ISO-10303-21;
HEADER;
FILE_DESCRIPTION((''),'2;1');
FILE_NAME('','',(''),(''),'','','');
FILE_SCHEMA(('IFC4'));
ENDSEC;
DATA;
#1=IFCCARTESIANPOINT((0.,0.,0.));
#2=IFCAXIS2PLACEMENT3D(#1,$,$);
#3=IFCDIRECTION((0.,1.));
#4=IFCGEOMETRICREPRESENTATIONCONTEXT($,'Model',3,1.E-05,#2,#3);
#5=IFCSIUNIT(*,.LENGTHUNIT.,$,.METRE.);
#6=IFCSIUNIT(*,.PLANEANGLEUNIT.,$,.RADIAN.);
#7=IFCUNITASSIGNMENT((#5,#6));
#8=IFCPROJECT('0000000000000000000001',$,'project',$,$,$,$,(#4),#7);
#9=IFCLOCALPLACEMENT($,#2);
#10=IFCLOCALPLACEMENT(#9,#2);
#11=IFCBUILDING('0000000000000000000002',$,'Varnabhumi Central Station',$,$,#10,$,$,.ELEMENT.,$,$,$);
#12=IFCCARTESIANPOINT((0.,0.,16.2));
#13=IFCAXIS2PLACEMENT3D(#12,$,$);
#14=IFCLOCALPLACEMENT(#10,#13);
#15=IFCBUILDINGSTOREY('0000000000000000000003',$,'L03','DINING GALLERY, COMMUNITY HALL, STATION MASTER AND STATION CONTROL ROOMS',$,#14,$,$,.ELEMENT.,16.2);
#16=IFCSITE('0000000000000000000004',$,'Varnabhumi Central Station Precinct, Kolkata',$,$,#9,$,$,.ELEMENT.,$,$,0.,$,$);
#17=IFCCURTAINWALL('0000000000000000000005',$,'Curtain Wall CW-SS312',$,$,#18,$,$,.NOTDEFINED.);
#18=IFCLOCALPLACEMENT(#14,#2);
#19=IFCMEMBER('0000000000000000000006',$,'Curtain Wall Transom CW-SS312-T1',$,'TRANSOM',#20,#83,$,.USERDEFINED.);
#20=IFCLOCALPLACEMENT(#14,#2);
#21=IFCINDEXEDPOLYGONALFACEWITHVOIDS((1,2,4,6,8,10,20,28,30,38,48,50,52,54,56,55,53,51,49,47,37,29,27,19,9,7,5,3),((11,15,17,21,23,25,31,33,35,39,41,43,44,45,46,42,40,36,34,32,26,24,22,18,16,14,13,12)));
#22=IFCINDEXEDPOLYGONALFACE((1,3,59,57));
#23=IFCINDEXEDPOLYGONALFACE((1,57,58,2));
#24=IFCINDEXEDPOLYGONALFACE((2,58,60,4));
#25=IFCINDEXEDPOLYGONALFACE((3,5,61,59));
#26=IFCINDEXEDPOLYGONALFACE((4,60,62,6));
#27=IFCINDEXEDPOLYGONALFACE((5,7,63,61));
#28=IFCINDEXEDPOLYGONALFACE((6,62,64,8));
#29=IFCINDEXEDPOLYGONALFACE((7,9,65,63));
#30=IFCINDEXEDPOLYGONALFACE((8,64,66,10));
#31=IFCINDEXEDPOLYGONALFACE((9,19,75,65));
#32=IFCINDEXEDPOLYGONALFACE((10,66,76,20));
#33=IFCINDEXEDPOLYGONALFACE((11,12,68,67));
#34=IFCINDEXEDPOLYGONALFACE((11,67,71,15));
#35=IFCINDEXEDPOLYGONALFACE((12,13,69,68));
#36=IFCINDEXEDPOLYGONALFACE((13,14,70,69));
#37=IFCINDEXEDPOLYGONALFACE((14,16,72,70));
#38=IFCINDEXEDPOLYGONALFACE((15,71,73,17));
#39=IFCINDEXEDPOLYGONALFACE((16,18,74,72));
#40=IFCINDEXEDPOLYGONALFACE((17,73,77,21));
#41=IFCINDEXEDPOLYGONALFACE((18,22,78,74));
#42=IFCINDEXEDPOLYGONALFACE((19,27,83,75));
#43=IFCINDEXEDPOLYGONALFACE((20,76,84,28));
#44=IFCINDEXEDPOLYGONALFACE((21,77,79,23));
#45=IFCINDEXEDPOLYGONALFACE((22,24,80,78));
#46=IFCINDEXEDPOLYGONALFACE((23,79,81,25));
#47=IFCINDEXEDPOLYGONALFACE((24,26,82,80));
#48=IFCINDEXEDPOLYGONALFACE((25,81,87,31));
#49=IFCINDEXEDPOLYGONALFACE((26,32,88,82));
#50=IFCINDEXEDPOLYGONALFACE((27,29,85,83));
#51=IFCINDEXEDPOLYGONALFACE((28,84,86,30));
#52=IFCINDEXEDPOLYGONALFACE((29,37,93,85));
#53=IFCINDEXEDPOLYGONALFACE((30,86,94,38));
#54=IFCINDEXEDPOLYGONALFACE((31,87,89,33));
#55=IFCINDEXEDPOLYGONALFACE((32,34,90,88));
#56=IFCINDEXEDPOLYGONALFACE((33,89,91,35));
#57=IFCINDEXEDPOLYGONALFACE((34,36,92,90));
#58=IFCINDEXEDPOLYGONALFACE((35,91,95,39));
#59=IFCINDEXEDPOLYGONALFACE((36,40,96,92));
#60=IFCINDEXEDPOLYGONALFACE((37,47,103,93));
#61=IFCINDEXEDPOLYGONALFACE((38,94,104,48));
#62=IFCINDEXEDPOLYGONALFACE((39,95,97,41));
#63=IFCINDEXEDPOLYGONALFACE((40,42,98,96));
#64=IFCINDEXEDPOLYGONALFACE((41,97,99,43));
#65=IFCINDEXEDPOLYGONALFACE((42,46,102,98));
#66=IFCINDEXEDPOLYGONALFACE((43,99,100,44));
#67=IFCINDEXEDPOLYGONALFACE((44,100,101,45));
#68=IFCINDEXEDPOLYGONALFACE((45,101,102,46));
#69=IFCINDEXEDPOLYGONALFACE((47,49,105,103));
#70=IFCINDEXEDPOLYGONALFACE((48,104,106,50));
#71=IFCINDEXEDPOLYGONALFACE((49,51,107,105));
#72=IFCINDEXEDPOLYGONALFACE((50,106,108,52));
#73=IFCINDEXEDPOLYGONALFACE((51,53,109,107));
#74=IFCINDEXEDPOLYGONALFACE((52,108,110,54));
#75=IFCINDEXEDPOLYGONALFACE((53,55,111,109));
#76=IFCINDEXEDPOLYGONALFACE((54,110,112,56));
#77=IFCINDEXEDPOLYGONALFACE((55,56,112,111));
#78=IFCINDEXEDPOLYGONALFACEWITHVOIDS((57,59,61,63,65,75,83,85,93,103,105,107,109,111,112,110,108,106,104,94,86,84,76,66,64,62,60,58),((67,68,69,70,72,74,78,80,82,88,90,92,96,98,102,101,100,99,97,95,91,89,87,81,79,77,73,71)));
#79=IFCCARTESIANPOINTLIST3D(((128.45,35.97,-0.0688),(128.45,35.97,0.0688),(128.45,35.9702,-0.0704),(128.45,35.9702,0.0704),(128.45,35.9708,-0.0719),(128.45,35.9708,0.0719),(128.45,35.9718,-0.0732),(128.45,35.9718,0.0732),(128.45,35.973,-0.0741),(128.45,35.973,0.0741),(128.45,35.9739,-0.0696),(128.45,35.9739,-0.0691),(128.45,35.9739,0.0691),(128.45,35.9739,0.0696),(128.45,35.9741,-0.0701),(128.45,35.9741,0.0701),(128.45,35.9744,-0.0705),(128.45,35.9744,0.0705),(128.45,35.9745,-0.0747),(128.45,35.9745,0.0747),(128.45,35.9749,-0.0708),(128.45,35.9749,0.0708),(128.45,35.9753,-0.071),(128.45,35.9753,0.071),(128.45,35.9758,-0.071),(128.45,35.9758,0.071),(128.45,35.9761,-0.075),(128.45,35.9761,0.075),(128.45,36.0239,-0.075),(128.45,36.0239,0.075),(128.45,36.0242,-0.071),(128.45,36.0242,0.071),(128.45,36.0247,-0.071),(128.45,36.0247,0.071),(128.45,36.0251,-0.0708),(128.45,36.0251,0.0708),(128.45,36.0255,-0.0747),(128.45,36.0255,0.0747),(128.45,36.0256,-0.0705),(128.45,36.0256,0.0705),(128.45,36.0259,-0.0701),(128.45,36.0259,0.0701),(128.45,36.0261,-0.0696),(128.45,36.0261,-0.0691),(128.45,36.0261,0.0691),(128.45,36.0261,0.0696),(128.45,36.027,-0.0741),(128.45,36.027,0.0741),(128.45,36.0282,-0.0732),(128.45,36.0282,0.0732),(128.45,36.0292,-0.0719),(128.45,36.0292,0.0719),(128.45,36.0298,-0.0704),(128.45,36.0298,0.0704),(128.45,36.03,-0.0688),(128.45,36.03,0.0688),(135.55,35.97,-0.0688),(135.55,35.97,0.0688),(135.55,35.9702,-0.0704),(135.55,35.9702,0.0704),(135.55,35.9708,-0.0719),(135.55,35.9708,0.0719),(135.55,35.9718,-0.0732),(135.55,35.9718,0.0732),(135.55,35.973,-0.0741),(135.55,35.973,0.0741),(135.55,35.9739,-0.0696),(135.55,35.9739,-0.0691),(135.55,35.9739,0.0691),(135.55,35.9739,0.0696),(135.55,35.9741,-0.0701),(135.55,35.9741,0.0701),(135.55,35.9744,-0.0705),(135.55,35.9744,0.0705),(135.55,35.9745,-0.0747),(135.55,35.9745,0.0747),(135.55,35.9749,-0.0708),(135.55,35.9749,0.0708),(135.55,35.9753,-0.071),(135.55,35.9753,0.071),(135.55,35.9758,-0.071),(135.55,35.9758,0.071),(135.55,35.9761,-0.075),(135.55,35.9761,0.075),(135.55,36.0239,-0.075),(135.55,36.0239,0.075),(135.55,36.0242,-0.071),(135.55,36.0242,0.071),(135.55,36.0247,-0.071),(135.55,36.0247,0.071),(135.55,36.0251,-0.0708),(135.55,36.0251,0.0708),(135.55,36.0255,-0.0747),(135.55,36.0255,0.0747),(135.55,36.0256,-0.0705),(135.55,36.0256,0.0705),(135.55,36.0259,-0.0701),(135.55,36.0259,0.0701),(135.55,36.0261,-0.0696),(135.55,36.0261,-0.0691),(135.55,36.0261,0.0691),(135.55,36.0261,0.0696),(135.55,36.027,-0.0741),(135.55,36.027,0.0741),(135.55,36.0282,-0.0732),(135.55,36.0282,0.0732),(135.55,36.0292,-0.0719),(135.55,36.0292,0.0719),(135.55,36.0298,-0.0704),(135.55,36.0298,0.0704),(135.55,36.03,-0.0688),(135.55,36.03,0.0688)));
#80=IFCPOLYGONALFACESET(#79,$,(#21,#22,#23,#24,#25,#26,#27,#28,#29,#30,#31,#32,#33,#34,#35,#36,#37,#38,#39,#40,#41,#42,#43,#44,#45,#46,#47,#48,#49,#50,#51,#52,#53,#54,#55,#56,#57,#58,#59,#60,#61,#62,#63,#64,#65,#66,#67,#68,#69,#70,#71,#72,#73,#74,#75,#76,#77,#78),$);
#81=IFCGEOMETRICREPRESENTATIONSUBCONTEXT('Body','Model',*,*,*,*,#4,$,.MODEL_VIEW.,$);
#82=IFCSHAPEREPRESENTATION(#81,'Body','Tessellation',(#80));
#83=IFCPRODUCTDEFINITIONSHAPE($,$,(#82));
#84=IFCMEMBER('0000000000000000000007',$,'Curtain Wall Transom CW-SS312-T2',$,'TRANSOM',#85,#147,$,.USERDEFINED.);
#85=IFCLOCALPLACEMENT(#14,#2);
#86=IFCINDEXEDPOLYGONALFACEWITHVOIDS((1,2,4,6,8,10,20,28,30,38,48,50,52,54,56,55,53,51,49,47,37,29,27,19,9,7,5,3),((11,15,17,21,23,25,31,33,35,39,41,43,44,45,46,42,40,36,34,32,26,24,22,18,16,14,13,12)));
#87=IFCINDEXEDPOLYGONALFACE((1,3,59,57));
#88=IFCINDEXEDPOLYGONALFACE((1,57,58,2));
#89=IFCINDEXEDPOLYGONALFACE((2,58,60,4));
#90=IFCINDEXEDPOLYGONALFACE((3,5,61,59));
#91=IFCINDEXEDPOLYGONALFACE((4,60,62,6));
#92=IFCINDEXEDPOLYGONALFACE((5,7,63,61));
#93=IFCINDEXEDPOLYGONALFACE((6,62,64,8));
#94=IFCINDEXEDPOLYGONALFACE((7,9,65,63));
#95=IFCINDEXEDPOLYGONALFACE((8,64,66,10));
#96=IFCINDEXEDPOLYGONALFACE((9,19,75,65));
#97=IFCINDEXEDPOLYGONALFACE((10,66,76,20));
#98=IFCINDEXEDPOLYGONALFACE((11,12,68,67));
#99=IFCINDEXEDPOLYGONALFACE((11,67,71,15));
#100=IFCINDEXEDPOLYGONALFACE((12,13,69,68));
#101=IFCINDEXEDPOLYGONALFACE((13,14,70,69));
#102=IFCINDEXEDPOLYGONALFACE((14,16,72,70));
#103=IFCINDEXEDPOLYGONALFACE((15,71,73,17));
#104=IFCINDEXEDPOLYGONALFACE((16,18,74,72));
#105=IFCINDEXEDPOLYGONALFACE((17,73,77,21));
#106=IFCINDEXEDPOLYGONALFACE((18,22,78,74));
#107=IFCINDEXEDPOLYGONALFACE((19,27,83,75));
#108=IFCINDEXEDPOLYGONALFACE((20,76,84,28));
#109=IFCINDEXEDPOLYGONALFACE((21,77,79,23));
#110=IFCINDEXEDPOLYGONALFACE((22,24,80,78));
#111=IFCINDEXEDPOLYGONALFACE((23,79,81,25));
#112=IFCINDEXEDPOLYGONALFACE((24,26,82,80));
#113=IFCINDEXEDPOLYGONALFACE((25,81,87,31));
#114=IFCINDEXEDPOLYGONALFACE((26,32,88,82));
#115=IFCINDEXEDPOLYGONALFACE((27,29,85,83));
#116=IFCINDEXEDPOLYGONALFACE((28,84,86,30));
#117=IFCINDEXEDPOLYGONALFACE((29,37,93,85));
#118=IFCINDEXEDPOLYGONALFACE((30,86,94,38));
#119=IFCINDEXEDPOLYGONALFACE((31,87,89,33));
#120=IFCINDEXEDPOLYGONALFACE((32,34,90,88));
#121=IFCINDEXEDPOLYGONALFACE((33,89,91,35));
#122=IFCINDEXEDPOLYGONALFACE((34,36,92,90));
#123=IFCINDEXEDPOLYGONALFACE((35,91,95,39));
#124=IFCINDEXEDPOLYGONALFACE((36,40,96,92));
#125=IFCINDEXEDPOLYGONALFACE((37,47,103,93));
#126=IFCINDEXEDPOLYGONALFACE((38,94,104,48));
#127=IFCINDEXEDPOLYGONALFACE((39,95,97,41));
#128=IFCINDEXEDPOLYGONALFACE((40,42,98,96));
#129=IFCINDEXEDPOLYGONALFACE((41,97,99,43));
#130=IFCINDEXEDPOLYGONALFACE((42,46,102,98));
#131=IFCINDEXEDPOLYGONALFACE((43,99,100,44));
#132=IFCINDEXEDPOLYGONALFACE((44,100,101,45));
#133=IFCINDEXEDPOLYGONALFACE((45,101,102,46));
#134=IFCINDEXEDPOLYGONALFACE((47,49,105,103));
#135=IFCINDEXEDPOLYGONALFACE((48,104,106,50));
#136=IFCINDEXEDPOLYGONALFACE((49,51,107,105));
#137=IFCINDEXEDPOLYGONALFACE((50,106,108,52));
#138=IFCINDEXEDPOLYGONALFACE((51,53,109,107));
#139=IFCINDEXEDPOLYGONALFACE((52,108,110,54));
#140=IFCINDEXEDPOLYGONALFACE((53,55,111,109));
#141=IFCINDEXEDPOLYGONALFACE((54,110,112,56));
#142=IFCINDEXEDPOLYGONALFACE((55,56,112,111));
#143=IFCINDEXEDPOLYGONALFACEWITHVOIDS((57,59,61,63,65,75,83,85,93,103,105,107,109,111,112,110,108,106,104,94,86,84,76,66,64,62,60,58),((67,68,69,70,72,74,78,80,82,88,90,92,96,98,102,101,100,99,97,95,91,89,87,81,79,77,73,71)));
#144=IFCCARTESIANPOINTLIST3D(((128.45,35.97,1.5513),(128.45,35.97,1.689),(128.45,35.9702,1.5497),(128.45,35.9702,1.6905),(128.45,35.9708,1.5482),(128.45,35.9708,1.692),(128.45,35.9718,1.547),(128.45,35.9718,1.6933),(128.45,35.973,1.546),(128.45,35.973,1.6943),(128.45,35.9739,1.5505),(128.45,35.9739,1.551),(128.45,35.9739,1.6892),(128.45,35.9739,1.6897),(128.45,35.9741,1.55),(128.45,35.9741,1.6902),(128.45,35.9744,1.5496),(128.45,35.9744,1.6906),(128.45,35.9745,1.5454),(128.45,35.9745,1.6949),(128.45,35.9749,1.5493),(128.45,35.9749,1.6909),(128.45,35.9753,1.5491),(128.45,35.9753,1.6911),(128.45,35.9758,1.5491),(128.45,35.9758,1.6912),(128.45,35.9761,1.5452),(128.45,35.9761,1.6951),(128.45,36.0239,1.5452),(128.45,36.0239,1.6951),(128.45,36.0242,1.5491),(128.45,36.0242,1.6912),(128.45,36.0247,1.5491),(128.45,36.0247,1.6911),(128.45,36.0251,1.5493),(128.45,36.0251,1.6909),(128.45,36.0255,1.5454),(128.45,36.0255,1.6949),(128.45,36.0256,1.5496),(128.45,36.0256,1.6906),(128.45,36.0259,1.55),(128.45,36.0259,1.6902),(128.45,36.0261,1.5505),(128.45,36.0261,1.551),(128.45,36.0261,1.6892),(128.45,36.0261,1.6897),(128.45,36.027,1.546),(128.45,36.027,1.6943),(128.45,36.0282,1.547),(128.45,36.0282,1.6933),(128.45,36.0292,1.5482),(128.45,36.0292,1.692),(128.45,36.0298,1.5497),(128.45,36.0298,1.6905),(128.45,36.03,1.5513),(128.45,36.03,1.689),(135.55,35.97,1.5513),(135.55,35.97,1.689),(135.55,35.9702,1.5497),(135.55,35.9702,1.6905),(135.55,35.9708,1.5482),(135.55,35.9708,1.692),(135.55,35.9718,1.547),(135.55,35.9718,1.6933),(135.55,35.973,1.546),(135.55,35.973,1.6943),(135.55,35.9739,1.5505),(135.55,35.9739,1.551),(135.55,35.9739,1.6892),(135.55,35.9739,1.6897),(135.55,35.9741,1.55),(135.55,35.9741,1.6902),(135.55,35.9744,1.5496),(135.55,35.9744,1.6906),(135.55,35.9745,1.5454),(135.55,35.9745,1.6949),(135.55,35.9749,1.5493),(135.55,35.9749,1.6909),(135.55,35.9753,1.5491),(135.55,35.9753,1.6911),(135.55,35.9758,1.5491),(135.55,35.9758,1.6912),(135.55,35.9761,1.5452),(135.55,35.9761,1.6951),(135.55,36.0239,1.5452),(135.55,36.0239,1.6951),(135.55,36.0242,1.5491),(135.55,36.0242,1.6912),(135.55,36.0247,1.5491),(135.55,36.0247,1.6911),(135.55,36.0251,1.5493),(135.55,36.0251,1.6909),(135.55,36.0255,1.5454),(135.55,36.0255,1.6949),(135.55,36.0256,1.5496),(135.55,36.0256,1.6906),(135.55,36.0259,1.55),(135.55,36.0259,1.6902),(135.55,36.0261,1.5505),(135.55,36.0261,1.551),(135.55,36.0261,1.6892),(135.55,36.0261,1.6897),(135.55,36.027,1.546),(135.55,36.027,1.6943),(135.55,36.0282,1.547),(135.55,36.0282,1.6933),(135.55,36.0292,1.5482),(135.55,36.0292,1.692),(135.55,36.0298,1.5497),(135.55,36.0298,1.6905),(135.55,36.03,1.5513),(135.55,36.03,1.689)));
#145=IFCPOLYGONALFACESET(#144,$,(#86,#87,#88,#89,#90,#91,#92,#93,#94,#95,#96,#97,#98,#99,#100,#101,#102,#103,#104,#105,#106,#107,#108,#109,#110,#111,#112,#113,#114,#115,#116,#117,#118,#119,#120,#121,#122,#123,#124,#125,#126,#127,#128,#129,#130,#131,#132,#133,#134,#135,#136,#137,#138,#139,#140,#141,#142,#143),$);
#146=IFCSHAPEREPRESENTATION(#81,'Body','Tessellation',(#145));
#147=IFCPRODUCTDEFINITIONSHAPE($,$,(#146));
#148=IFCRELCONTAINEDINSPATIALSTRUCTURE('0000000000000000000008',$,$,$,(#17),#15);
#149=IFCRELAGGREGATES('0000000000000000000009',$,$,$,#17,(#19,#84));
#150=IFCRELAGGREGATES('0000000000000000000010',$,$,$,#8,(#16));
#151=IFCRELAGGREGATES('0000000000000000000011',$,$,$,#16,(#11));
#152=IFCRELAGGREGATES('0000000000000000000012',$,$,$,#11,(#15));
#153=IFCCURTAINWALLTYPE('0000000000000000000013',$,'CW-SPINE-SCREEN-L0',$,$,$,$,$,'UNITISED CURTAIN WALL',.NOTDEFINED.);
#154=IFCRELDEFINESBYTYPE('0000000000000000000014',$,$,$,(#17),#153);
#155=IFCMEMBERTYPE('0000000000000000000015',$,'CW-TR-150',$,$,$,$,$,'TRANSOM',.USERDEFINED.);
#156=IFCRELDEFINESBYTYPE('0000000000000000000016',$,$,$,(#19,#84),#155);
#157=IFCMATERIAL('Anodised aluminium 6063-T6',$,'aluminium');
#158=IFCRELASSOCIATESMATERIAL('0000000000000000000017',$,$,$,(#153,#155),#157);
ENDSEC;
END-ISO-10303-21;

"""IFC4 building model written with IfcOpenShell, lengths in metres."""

from ifc_helpers import new_model, si_unit, direction, frame, origin, origin_2d, place, context, subcontext, project, spatial, hollow_rectangle, extrude, material, material_profile, profile_set, type_object, element, aggregate, save


model = new_model("IFC4")

# Units and contexts
model_context = context("Model", 3, precision=1e-05, world=origin(), true_north=direction((0.0, 1.0)))
body_context = subcontext(model_context, "Body", "Model", "MODEL_VIEW")
ifc_project = project(units=[si_unit("LENGTHUNIT", "METRE"), si_unit("PLANEANGLEUNIT", "RADIAN")], contexts=[model_context])

# Site, building, storey
site_placement = place(None, origin())
site = spatial("IfcSite", under=ifc_project, at=site_placement, Name="Varnabhumi Central Station Precinct, Kolkata", CompositionType="ELEMENT", RefElevation=0.0)
building_placement = place(site_placement, origin())
building = spatial("IfcBuilding", under=site, at=building_placement, Name="Varnabhumi Central Station", CompositionType="ELEMENT")
storey_placement = place(building_placement, frame((0.0, 0.0, 16.2)))
storey = spatial("IfcBuildingStorey", under=building, at=storey_placement, Name="L03", Description="DINING GALLERY, COMMUNITY HALL, STATION MASTER AND STATION CONTROL ROOMS", CompositionType="ELEMENT", Elevation=16.2)

# Curtain wall
ifc_material_1 = material(Name="Anodised aluminium 6063-T6", Category="aluminium")
curtain_wall_type_1 = type_object("IfcCurtainWallType", Name="CW-SPINE-SCREEN-L0", ElementType="UNITISED CURTAIN WALL", PredefinedType="NOTDEFINED", material=ifc_material_1)
curtain_wall_1_placement = place(storey_placement, origin())
curtain_wall_1 = element("IfcCurtainWall", 1, at=curtain_wall_1_placement, inside=storey, type_object=curtain_wall_type_1, Name="Curtain Wall CW-SS312", PredefinedType="NOTDEFINED")

# Members
ifc_material_profile_1 = material_profile(ifc_material_1, hollow_rectangle(XDim=0.0601, YDim=0.1499, WallThickness=0.0039, InnerFilletRadius=0.002, OuterFilletRadius=0.0061, at=origin_2d()), Name="Anodised aluminium 6063-T6", Category="aluminium")
ifc_profile_set_1 = profile_set([ifc_material_profile_1], Name="Anodised aluminium 6063-T6")
member_type_1 = type_object("IfcMemberType", Name="CW-TR-150", ElementType="TRANSOM", PredefinedType="USERDEFINED", material=ifc_profile_set_1)
member_1_placement = place(storey_placement, frame((128.45, 36.0, 0.0), z_axis=(1.0, 0.0, 0.0), x_axis=(0.0, 1.0, 0.0)))
member_1 = element("IfcMember", 2, at=member_1_placement, type_object=member_type_1, Name="Curtain Wall Transom CW-SS312-T1", ObjectType="TRANSOM", PredefinedType="USERDEFINED", context=body_context, shape_type="SweptSolid", body=[
    extrude(hollow_rectangle(XDim=0.0601, YDim=0.1499, WallThickness=0.0039, InnerFilletRadius=0.002, OuterFilletRadius=0.0061, at=origin_2d()), origin(), (0.0, 0.0, 1.0), 7.1001),
])
member_2_placement = place(storey_placement, frame((128.45, 36.0, 1.6201), z_axis=(1.0, 0.0, 0.0), x_axis=(0.0, 1.0, 0.0)))
member_2 = element("IfcMember", 3, at=member_2_placement, type_object=member_type_1, Name="Curtain Wall Transom CW-SS312-T2", ObjectType="TRANSOM", PredefinedType="USERDEFINED", context=body_context, shape_type="SweptSolid", body=[
    extrude(hollow_rectangle(XDim=0.0601, YDim=0.1499, WallThickness=0.0039, InnerFilletRadius=0.002, OuterFilletRadius=0.0061, at=origin_2d()), origin(), (0.0, 0.0, 1.0), 7.1001),
])

aggregate(curtain_wall_1, [member_1, member_2])

save(model, "model.ifc")
